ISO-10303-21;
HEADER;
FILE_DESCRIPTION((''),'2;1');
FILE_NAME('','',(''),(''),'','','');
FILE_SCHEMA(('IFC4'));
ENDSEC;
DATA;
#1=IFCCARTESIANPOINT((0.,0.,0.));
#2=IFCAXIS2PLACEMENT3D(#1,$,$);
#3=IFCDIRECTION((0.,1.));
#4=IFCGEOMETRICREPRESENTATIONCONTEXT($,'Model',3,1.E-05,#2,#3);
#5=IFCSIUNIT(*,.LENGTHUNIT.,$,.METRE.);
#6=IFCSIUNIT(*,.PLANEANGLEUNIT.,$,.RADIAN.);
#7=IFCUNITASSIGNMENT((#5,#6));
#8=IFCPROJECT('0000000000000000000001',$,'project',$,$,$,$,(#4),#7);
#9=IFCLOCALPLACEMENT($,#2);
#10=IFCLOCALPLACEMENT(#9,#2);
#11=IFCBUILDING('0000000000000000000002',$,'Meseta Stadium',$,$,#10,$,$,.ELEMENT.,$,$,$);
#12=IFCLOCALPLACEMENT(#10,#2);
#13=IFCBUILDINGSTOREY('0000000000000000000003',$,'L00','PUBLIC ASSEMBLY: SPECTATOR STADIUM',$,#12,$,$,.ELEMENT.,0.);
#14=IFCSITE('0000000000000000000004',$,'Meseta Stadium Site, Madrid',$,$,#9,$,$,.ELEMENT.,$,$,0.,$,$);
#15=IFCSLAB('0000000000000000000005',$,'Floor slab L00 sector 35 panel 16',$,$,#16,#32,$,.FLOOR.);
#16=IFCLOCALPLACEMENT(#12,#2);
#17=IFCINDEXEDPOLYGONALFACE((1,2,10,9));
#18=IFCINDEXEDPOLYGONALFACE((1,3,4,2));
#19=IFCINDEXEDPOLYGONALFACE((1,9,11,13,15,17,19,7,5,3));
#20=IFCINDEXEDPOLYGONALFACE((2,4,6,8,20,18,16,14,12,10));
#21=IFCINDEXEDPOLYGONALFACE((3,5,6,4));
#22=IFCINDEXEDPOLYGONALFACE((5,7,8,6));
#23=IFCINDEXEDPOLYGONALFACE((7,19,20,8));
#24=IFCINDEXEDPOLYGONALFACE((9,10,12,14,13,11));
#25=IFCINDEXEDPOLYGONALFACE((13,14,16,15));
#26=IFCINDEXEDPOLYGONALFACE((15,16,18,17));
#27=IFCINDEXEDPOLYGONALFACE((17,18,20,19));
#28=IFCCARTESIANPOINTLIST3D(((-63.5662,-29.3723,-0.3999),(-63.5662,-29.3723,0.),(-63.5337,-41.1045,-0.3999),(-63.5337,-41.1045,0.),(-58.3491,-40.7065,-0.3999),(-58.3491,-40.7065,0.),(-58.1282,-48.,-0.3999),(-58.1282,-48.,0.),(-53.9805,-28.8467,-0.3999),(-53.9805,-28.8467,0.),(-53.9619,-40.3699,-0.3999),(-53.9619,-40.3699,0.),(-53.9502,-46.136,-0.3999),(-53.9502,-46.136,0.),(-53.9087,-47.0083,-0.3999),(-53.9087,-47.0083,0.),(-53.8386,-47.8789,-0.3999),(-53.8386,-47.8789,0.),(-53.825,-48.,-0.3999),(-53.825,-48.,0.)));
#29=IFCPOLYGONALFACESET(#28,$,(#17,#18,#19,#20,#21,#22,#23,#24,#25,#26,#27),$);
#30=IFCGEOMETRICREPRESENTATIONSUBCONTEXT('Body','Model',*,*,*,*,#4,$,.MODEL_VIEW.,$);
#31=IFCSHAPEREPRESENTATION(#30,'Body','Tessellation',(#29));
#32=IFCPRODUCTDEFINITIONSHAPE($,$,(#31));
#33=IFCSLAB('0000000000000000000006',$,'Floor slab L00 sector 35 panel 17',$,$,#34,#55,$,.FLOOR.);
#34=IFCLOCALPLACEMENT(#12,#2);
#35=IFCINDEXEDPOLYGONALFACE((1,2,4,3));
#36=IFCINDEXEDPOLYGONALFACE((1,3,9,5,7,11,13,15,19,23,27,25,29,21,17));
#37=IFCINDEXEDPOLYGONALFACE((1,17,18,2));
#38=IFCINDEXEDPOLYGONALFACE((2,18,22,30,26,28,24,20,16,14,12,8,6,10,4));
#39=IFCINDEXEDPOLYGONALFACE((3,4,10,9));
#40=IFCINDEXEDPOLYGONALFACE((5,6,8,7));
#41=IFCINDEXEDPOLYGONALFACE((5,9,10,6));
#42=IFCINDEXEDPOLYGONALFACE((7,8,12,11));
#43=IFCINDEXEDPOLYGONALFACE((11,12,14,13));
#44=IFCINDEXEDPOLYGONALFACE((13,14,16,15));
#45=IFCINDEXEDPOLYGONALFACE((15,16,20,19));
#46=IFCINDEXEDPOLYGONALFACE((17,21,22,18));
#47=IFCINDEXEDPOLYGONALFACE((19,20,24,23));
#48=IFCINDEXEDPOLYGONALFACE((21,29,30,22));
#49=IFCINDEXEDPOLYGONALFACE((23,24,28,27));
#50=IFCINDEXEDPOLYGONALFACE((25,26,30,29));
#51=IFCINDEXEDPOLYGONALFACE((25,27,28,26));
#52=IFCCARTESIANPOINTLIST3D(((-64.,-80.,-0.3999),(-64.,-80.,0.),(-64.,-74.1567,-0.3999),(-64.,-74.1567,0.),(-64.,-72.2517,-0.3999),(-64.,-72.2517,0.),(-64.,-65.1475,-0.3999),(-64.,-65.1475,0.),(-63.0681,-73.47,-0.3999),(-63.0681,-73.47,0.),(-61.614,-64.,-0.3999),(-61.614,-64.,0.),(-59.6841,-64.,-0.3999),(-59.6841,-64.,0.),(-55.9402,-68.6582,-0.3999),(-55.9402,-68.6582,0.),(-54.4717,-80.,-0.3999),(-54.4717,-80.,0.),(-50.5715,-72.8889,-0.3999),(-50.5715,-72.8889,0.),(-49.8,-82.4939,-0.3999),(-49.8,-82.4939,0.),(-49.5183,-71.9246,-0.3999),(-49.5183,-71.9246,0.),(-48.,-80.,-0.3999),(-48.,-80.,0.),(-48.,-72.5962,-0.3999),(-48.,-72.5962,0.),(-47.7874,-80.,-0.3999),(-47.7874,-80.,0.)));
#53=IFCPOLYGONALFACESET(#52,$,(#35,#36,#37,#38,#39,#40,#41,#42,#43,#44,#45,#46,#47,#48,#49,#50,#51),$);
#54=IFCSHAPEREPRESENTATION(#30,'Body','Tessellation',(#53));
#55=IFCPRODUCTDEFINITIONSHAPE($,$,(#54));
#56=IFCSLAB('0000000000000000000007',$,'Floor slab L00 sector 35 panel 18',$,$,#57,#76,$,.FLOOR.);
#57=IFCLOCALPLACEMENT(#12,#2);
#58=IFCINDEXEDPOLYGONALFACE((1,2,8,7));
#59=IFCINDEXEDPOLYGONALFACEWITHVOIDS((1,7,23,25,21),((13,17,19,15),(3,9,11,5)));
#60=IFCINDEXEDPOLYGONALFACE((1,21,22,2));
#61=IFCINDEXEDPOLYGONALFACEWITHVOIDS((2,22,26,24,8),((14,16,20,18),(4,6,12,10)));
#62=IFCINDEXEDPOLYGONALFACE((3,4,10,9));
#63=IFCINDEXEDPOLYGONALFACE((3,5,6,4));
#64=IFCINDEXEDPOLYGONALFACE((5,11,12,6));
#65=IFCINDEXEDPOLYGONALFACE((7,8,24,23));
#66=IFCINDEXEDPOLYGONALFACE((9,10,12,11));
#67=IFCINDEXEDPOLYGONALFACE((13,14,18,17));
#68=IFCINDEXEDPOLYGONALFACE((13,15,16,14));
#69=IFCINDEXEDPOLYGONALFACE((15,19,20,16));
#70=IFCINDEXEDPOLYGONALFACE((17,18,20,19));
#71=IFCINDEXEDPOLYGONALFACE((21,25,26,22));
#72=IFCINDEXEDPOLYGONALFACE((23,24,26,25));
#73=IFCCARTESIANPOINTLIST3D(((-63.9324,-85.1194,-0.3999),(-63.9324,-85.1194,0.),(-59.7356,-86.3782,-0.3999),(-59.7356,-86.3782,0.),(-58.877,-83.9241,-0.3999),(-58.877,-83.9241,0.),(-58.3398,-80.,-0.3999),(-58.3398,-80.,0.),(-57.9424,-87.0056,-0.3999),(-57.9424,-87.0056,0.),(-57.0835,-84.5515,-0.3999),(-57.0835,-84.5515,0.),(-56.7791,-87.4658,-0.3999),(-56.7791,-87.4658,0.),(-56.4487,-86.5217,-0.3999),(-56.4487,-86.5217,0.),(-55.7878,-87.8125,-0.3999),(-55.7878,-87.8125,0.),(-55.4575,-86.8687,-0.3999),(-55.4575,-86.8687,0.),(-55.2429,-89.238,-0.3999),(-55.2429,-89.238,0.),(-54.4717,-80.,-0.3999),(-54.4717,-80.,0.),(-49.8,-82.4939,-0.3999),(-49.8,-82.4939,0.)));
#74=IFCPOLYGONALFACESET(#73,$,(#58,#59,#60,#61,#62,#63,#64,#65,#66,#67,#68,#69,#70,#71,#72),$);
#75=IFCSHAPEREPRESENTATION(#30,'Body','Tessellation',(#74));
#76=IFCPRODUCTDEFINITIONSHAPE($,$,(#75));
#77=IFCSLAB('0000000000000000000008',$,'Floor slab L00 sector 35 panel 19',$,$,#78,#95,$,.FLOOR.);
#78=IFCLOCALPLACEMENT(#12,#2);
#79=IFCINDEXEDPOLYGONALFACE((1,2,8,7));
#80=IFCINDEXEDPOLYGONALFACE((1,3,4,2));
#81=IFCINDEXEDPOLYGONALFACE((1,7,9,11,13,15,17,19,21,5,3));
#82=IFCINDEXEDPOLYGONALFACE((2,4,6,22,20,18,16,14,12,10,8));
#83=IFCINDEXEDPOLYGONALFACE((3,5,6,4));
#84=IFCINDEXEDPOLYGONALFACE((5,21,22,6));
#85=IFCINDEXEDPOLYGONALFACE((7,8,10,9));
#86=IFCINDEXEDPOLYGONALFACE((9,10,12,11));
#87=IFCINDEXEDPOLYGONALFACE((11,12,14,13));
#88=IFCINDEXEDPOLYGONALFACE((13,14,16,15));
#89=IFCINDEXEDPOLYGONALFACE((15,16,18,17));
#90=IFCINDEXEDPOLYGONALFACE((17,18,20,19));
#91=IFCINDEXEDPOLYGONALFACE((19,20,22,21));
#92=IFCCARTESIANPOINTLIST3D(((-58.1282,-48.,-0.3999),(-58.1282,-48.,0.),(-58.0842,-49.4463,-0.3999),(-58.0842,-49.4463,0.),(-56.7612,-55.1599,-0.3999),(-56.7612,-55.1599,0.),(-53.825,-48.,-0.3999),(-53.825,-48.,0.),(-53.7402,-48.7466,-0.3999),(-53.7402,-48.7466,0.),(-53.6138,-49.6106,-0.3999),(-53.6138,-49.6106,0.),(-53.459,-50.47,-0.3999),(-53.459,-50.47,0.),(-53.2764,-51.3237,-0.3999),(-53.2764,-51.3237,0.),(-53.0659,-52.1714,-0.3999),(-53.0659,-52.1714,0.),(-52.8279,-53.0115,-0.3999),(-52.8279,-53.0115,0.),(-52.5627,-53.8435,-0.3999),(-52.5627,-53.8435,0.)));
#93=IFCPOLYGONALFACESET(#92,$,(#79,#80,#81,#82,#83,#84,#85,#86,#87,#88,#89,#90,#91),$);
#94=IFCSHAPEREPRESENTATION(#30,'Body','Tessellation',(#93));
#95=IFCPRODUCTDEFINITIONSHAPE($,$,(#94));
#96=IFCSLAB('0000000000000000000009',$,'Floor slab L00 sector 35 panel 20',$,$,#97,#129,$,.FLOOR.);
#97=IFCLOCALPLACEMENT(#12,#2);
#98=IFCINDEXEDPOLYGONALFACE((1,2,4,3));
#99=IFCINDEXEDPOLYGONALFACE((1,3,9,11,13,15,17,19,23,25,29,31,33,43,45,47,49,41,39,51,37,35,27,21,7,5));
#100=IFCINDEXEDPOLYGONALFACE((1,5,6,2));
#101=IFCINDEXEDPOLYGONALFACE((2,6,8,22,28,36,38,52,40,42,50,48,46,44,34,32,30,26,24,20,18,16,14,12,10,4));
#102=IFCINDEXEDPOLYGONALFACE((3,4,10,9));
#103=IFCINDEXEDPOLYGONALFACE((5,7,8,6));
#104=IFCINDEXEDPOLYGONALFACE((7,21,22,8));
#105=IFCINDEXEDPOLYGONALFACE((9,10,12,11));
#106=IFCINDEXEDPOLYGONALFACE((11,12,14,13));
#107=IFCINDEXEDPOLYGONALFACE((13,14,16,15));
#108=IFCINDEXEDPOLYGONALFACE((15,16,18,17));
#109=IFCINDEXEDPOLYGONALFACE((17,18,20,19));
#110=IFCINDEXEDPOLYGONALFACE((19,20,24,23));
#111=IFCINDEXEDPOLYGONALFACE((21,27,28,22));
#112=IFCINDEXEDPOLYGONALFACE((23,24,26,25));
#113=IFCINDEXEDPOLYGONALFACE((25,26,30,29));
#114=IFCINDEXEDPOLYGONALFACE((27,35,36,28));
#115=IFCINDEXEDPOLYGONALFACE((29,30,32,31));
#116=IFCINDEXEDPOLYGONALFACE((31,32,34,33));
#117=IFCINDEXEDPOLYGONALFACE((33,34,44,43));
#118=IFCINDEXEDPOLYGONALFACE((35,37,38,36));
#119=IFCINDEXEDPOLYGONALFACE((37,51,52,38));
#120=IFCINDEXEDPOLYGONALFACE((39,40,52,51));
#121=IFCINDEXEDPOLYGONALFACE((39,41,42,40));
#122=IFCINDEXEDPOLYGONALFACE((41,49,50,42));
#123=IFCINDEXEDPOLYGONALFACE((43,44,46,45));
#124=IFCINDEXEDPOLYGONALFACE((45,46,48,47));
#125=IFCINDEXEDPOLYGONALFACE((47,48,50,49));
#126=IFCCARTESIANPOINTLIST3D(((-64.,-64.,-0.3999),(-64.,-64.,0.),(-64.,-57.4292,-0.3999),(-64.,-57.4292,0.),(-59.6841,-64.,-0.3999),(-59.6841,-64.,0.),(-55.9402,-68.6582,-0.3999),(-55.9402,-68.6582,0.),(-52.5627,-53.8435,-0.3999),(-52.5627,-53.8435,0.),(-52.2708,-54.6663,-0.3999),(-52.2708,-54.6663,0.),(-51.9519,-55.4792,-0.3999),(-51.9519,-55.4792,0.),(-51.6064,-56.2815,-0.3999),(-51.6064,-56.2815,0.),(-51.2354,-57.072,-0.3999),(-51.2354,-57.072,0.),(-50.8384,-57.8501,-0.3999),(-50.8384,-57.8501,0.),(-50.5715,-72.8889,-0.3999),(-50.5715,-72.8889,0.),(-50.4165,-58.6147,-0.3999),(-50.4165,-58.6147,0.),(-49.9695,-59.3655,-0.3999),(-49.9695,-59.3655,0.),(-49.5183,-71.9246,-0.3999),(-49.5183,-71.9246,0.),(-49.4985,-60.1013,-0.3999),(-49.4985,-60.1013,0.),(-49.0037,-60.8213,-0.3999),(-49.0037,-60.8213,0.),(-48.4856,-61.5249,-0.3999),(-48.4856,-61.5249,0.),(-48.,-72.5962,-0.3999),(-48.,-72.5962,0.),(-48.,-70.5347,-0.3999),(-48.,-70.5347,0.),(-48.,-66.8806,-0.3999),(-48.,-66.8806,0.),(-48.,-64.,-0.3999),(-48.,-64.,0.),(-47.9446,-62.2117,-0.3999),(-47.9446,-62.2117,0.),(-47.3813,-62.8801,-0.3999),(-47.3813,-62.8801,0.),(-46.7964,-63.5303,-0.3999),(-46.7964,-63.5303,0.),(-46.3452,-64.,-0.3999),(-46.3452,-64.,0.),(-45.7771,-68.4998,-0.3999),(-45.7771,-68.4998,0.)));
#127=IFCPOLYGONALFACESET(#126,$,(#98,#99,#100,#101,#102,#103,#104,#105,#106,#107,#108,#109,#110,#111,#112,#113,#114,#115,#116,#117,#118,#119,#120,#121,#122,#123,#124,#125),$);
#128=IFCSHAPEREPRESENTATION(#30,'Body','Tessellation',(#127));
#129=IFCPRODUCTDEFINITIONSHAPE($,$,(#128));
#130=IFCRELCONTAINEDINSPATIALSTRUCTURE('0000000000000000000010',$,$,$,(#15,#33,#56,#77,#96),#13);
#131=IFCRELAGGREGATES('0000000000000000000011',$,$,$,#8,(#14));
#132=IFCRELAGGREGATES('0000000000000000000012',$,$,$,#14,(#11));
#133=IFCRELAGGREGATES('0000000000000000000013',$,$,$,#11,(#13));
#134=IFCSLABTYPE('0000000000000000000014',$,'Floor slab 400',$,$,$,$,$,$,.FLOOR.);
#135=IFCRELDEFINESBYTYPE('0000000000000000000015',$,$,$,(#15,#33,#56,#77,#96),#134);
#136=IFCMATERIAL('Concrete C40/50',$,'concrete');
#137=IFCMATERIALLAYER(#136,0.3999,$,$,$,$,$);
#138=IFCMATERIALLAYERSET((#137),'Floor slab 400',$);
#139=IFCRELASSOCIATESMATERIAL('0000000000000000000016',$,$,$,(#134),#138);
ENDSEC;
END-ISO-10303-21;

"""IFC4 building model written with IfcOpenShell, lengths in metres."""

from ifc_helpers import new_model, si_unit, direction, frame, origin, place, context, subcontext, project, spatial, polyline, outline, extrude, material, layer, layer_set, type_object, element, save


model = new_model("IFC4")

# Units and contexts
model_context = context("Model", 3, precision=1e-05, world=origin(), true_north=direction((0.0, 1.0)))
body_context = subcontext(model_context, "Body", "Model", "MODEL_VIEW")
ifc_project = project(units=[si_unit("LENGTHUNIT", "METRE"), si_unit("PLANEANGLEUNIT", "RADIAN")], contexts=[model_context])

# Site, building, storey
site_placement = place(None, origin())
site = spatial("IfcSite", under=ifc_project, at=site_placement, Name="Meseta Stadium Site, Madrid", CompositionType="ELEMENT", RefElevation=0.0)
building_placement = place(site_placement, origin())
building = spatial("IfcBuilding", under=site, at=building_placement, Name="Meseta Stadium", CompositionType="ELEMENT")
storey_placement = place(building_placement, origin())
storey = spatial("IfcBuildingStorey", under=building, at=storey_placement, Name="L00", Description="PUBLIC ASSEMBLY: SPECTATOR STADIUM", CompositionType="ELEMENT", Elevation=0.0)

# Slabs
ifc_material = material(Name="Concrete C40/50", Category="concrete")
ifc_layer = layer(ifc_material, 0.3999)
ifc_layer_set = layer_set([ifc_layer], Name="Floor slab 400")
slab_type = type_object("IfcSlabType", Name="Floor slab 400", PredefinedType="FLOOR", material=ifc_layer_set)
slab_1_placement = place(storey_placement, frame((0.0, 0.0, -0.3999)))
element("IfcSlab", 1, at=slab_1_placement, inside=storey, type_object=slab_type, Name="Floor slab L00 sector 35 panel 16", PredefinedType="FLOOR", context=body_context, shape_type="SweptSolid", body=[
    extrude(outline(polyline([(-53.9502, -46.136), (-53.9619, -40.3699), (-53.9805, -28.8467), (-63.5662, -29.3723), (-63.5337, -41.1045), (-58.3491, -40.7065), (-58.1282, -48.0), (-53.825, -48.0), (-53.8386, -47.8789), (-53.9087, -47.0083), (-53.9502, -46.136)])), origin(), (0.0, 0.0, 1.0), 0.3999),
])
slab_2_placement = place(storey_placement, frame((0.0, 0.0, -0.3999)))
element("IfcSlab", 2, at=slab_2_placement, inside=storey, type_object=slab_type, Name="Floor slab L00 sector 35 panel 17", PredefinedType="FLOOR", context=body_context, shape_type="SweptSolid", body=[
    extrude(outline(polyline([(-49.8, -82.4939), (-47.7874, -80.0), (-48.0, -80.0), (-48.0, -72.5962), (-49.5183, -71.9246), (-50.5715, -72.8889), (-55.9402, -68.6582), (-59.6841, -64.0), (-61.614, -64.0), (-64.0, -65.1475), (-64.0, -72.2517), (-63.0681, -73.47), (-64.0, -74.1567), (-64.0, -80.0), (-54.4717, -80.0), (-49.8, -82.4939)])), origin(), (0.0, 0.0, 1.0), 0.3999),
])
slab_3_placement = place(storey_placement, frame((0.0, 0.0, -0.3999)))
element("IfcSlab", 3, at=slab_3_placement, inside=storey, type_object=slab_type, Name="Floor slab L00 sector 35 panel 18", PredefinedType="FLOOR", context=body_context, shape_type="SweptSolid", body=[
    extrude(outline(polyline([(-63.9324, -85.1194), (-55.2429, -89.238), (-49.8, -82.4939), (-54.4717, -80.0), (-58.3398, -80.0), (-63.9324, -85.1194)]), holes=[polyline([(-58.877, -83.9241), (-57.0835, -84.5515), (-57.9424, -87.0056), (-59.7356, -86.3782), (-58.877, -83.9241)]), polyline([(-56.4487, -86.5217), (-55.4575, -86.8687), (-55.7878, -87.8125), (-56.7791, -87.4658), (-56.4487, -86.5217)])]), origin(), (0.0, 0.0, 1.0), 0.3999),
])
slab_4_placement = place(storey_placement, frame((0.0, 0.0, -0.3999)))
element("IfcSlab", 4, at=slab_4_placement, inside=storey, type_object=slab_type, Name="Floor slab L00 sector 35 panel 19", PredefinedType="FLOOR", context=body_context, shape_type="SweptSolid", body=[
    extrude(outline(polyline([(-53.825, -48.0), (-58.1282, -48.0), (-58.0842, -49.4463), (-56.7612, -55.1599), (-52.5627, -53.8435), (-52.8279, -53.0115), (-53.0659, -52.1714), (-53.2764, -51.3237), (-53.459, -50.47), (-53.6138, -49.6106), (-53.7402, -48.7466), (-53.825, -48.0)])), origin(), (0.0, 0.0, 1.0), 0.3999),
])
slab_5_placement = place(storey_placement, frame((0.0, 0.0, -0.3999)))
element("IfcSlab", 5, at=slab_5_placement, inside=storey, type_object=slab_type, Name="Floor slab L00 sector 35 panel 20", PredefinedType="FLOOR", context=body_context, shape_type="SweptSolid", body=[
    extrude(outline(polyline([(-48.0, -66.8806), (-48.0, -64.0), (-46.3452, -64.0), (-46.7964, -63.5303), (-47.3813, -62.8801), (-47.9446, -62.2117), (-48.4856, -61.5249), (-49.0037, -60.8213), (-49.4985, -60.1013), (-49.9695, -59.3655), (-50.4165, -58.6147), (-50.8384, -57.8501), (-51.2354, -57.072), (-51.6064, -56.2815), (-51.9519, -55.4792), (-52.2708, -54.6663), (-52.5627, -53.8435), (-64.0, -57.4292), (-64.0, -64.0), (-59.6841, -64.0), (-55.9402, -68.6582), (-50.5715, -72.8889), (-49.5183, -71.9246), (-48.0, -72.5962), (-48.0, -70.5347), (-45.7771, -68.4998), (-48.0, -66.8806)])), origin(), (0.0, 0.0, 1.0), 0.3999),
])

save(model, "model.ifc")
